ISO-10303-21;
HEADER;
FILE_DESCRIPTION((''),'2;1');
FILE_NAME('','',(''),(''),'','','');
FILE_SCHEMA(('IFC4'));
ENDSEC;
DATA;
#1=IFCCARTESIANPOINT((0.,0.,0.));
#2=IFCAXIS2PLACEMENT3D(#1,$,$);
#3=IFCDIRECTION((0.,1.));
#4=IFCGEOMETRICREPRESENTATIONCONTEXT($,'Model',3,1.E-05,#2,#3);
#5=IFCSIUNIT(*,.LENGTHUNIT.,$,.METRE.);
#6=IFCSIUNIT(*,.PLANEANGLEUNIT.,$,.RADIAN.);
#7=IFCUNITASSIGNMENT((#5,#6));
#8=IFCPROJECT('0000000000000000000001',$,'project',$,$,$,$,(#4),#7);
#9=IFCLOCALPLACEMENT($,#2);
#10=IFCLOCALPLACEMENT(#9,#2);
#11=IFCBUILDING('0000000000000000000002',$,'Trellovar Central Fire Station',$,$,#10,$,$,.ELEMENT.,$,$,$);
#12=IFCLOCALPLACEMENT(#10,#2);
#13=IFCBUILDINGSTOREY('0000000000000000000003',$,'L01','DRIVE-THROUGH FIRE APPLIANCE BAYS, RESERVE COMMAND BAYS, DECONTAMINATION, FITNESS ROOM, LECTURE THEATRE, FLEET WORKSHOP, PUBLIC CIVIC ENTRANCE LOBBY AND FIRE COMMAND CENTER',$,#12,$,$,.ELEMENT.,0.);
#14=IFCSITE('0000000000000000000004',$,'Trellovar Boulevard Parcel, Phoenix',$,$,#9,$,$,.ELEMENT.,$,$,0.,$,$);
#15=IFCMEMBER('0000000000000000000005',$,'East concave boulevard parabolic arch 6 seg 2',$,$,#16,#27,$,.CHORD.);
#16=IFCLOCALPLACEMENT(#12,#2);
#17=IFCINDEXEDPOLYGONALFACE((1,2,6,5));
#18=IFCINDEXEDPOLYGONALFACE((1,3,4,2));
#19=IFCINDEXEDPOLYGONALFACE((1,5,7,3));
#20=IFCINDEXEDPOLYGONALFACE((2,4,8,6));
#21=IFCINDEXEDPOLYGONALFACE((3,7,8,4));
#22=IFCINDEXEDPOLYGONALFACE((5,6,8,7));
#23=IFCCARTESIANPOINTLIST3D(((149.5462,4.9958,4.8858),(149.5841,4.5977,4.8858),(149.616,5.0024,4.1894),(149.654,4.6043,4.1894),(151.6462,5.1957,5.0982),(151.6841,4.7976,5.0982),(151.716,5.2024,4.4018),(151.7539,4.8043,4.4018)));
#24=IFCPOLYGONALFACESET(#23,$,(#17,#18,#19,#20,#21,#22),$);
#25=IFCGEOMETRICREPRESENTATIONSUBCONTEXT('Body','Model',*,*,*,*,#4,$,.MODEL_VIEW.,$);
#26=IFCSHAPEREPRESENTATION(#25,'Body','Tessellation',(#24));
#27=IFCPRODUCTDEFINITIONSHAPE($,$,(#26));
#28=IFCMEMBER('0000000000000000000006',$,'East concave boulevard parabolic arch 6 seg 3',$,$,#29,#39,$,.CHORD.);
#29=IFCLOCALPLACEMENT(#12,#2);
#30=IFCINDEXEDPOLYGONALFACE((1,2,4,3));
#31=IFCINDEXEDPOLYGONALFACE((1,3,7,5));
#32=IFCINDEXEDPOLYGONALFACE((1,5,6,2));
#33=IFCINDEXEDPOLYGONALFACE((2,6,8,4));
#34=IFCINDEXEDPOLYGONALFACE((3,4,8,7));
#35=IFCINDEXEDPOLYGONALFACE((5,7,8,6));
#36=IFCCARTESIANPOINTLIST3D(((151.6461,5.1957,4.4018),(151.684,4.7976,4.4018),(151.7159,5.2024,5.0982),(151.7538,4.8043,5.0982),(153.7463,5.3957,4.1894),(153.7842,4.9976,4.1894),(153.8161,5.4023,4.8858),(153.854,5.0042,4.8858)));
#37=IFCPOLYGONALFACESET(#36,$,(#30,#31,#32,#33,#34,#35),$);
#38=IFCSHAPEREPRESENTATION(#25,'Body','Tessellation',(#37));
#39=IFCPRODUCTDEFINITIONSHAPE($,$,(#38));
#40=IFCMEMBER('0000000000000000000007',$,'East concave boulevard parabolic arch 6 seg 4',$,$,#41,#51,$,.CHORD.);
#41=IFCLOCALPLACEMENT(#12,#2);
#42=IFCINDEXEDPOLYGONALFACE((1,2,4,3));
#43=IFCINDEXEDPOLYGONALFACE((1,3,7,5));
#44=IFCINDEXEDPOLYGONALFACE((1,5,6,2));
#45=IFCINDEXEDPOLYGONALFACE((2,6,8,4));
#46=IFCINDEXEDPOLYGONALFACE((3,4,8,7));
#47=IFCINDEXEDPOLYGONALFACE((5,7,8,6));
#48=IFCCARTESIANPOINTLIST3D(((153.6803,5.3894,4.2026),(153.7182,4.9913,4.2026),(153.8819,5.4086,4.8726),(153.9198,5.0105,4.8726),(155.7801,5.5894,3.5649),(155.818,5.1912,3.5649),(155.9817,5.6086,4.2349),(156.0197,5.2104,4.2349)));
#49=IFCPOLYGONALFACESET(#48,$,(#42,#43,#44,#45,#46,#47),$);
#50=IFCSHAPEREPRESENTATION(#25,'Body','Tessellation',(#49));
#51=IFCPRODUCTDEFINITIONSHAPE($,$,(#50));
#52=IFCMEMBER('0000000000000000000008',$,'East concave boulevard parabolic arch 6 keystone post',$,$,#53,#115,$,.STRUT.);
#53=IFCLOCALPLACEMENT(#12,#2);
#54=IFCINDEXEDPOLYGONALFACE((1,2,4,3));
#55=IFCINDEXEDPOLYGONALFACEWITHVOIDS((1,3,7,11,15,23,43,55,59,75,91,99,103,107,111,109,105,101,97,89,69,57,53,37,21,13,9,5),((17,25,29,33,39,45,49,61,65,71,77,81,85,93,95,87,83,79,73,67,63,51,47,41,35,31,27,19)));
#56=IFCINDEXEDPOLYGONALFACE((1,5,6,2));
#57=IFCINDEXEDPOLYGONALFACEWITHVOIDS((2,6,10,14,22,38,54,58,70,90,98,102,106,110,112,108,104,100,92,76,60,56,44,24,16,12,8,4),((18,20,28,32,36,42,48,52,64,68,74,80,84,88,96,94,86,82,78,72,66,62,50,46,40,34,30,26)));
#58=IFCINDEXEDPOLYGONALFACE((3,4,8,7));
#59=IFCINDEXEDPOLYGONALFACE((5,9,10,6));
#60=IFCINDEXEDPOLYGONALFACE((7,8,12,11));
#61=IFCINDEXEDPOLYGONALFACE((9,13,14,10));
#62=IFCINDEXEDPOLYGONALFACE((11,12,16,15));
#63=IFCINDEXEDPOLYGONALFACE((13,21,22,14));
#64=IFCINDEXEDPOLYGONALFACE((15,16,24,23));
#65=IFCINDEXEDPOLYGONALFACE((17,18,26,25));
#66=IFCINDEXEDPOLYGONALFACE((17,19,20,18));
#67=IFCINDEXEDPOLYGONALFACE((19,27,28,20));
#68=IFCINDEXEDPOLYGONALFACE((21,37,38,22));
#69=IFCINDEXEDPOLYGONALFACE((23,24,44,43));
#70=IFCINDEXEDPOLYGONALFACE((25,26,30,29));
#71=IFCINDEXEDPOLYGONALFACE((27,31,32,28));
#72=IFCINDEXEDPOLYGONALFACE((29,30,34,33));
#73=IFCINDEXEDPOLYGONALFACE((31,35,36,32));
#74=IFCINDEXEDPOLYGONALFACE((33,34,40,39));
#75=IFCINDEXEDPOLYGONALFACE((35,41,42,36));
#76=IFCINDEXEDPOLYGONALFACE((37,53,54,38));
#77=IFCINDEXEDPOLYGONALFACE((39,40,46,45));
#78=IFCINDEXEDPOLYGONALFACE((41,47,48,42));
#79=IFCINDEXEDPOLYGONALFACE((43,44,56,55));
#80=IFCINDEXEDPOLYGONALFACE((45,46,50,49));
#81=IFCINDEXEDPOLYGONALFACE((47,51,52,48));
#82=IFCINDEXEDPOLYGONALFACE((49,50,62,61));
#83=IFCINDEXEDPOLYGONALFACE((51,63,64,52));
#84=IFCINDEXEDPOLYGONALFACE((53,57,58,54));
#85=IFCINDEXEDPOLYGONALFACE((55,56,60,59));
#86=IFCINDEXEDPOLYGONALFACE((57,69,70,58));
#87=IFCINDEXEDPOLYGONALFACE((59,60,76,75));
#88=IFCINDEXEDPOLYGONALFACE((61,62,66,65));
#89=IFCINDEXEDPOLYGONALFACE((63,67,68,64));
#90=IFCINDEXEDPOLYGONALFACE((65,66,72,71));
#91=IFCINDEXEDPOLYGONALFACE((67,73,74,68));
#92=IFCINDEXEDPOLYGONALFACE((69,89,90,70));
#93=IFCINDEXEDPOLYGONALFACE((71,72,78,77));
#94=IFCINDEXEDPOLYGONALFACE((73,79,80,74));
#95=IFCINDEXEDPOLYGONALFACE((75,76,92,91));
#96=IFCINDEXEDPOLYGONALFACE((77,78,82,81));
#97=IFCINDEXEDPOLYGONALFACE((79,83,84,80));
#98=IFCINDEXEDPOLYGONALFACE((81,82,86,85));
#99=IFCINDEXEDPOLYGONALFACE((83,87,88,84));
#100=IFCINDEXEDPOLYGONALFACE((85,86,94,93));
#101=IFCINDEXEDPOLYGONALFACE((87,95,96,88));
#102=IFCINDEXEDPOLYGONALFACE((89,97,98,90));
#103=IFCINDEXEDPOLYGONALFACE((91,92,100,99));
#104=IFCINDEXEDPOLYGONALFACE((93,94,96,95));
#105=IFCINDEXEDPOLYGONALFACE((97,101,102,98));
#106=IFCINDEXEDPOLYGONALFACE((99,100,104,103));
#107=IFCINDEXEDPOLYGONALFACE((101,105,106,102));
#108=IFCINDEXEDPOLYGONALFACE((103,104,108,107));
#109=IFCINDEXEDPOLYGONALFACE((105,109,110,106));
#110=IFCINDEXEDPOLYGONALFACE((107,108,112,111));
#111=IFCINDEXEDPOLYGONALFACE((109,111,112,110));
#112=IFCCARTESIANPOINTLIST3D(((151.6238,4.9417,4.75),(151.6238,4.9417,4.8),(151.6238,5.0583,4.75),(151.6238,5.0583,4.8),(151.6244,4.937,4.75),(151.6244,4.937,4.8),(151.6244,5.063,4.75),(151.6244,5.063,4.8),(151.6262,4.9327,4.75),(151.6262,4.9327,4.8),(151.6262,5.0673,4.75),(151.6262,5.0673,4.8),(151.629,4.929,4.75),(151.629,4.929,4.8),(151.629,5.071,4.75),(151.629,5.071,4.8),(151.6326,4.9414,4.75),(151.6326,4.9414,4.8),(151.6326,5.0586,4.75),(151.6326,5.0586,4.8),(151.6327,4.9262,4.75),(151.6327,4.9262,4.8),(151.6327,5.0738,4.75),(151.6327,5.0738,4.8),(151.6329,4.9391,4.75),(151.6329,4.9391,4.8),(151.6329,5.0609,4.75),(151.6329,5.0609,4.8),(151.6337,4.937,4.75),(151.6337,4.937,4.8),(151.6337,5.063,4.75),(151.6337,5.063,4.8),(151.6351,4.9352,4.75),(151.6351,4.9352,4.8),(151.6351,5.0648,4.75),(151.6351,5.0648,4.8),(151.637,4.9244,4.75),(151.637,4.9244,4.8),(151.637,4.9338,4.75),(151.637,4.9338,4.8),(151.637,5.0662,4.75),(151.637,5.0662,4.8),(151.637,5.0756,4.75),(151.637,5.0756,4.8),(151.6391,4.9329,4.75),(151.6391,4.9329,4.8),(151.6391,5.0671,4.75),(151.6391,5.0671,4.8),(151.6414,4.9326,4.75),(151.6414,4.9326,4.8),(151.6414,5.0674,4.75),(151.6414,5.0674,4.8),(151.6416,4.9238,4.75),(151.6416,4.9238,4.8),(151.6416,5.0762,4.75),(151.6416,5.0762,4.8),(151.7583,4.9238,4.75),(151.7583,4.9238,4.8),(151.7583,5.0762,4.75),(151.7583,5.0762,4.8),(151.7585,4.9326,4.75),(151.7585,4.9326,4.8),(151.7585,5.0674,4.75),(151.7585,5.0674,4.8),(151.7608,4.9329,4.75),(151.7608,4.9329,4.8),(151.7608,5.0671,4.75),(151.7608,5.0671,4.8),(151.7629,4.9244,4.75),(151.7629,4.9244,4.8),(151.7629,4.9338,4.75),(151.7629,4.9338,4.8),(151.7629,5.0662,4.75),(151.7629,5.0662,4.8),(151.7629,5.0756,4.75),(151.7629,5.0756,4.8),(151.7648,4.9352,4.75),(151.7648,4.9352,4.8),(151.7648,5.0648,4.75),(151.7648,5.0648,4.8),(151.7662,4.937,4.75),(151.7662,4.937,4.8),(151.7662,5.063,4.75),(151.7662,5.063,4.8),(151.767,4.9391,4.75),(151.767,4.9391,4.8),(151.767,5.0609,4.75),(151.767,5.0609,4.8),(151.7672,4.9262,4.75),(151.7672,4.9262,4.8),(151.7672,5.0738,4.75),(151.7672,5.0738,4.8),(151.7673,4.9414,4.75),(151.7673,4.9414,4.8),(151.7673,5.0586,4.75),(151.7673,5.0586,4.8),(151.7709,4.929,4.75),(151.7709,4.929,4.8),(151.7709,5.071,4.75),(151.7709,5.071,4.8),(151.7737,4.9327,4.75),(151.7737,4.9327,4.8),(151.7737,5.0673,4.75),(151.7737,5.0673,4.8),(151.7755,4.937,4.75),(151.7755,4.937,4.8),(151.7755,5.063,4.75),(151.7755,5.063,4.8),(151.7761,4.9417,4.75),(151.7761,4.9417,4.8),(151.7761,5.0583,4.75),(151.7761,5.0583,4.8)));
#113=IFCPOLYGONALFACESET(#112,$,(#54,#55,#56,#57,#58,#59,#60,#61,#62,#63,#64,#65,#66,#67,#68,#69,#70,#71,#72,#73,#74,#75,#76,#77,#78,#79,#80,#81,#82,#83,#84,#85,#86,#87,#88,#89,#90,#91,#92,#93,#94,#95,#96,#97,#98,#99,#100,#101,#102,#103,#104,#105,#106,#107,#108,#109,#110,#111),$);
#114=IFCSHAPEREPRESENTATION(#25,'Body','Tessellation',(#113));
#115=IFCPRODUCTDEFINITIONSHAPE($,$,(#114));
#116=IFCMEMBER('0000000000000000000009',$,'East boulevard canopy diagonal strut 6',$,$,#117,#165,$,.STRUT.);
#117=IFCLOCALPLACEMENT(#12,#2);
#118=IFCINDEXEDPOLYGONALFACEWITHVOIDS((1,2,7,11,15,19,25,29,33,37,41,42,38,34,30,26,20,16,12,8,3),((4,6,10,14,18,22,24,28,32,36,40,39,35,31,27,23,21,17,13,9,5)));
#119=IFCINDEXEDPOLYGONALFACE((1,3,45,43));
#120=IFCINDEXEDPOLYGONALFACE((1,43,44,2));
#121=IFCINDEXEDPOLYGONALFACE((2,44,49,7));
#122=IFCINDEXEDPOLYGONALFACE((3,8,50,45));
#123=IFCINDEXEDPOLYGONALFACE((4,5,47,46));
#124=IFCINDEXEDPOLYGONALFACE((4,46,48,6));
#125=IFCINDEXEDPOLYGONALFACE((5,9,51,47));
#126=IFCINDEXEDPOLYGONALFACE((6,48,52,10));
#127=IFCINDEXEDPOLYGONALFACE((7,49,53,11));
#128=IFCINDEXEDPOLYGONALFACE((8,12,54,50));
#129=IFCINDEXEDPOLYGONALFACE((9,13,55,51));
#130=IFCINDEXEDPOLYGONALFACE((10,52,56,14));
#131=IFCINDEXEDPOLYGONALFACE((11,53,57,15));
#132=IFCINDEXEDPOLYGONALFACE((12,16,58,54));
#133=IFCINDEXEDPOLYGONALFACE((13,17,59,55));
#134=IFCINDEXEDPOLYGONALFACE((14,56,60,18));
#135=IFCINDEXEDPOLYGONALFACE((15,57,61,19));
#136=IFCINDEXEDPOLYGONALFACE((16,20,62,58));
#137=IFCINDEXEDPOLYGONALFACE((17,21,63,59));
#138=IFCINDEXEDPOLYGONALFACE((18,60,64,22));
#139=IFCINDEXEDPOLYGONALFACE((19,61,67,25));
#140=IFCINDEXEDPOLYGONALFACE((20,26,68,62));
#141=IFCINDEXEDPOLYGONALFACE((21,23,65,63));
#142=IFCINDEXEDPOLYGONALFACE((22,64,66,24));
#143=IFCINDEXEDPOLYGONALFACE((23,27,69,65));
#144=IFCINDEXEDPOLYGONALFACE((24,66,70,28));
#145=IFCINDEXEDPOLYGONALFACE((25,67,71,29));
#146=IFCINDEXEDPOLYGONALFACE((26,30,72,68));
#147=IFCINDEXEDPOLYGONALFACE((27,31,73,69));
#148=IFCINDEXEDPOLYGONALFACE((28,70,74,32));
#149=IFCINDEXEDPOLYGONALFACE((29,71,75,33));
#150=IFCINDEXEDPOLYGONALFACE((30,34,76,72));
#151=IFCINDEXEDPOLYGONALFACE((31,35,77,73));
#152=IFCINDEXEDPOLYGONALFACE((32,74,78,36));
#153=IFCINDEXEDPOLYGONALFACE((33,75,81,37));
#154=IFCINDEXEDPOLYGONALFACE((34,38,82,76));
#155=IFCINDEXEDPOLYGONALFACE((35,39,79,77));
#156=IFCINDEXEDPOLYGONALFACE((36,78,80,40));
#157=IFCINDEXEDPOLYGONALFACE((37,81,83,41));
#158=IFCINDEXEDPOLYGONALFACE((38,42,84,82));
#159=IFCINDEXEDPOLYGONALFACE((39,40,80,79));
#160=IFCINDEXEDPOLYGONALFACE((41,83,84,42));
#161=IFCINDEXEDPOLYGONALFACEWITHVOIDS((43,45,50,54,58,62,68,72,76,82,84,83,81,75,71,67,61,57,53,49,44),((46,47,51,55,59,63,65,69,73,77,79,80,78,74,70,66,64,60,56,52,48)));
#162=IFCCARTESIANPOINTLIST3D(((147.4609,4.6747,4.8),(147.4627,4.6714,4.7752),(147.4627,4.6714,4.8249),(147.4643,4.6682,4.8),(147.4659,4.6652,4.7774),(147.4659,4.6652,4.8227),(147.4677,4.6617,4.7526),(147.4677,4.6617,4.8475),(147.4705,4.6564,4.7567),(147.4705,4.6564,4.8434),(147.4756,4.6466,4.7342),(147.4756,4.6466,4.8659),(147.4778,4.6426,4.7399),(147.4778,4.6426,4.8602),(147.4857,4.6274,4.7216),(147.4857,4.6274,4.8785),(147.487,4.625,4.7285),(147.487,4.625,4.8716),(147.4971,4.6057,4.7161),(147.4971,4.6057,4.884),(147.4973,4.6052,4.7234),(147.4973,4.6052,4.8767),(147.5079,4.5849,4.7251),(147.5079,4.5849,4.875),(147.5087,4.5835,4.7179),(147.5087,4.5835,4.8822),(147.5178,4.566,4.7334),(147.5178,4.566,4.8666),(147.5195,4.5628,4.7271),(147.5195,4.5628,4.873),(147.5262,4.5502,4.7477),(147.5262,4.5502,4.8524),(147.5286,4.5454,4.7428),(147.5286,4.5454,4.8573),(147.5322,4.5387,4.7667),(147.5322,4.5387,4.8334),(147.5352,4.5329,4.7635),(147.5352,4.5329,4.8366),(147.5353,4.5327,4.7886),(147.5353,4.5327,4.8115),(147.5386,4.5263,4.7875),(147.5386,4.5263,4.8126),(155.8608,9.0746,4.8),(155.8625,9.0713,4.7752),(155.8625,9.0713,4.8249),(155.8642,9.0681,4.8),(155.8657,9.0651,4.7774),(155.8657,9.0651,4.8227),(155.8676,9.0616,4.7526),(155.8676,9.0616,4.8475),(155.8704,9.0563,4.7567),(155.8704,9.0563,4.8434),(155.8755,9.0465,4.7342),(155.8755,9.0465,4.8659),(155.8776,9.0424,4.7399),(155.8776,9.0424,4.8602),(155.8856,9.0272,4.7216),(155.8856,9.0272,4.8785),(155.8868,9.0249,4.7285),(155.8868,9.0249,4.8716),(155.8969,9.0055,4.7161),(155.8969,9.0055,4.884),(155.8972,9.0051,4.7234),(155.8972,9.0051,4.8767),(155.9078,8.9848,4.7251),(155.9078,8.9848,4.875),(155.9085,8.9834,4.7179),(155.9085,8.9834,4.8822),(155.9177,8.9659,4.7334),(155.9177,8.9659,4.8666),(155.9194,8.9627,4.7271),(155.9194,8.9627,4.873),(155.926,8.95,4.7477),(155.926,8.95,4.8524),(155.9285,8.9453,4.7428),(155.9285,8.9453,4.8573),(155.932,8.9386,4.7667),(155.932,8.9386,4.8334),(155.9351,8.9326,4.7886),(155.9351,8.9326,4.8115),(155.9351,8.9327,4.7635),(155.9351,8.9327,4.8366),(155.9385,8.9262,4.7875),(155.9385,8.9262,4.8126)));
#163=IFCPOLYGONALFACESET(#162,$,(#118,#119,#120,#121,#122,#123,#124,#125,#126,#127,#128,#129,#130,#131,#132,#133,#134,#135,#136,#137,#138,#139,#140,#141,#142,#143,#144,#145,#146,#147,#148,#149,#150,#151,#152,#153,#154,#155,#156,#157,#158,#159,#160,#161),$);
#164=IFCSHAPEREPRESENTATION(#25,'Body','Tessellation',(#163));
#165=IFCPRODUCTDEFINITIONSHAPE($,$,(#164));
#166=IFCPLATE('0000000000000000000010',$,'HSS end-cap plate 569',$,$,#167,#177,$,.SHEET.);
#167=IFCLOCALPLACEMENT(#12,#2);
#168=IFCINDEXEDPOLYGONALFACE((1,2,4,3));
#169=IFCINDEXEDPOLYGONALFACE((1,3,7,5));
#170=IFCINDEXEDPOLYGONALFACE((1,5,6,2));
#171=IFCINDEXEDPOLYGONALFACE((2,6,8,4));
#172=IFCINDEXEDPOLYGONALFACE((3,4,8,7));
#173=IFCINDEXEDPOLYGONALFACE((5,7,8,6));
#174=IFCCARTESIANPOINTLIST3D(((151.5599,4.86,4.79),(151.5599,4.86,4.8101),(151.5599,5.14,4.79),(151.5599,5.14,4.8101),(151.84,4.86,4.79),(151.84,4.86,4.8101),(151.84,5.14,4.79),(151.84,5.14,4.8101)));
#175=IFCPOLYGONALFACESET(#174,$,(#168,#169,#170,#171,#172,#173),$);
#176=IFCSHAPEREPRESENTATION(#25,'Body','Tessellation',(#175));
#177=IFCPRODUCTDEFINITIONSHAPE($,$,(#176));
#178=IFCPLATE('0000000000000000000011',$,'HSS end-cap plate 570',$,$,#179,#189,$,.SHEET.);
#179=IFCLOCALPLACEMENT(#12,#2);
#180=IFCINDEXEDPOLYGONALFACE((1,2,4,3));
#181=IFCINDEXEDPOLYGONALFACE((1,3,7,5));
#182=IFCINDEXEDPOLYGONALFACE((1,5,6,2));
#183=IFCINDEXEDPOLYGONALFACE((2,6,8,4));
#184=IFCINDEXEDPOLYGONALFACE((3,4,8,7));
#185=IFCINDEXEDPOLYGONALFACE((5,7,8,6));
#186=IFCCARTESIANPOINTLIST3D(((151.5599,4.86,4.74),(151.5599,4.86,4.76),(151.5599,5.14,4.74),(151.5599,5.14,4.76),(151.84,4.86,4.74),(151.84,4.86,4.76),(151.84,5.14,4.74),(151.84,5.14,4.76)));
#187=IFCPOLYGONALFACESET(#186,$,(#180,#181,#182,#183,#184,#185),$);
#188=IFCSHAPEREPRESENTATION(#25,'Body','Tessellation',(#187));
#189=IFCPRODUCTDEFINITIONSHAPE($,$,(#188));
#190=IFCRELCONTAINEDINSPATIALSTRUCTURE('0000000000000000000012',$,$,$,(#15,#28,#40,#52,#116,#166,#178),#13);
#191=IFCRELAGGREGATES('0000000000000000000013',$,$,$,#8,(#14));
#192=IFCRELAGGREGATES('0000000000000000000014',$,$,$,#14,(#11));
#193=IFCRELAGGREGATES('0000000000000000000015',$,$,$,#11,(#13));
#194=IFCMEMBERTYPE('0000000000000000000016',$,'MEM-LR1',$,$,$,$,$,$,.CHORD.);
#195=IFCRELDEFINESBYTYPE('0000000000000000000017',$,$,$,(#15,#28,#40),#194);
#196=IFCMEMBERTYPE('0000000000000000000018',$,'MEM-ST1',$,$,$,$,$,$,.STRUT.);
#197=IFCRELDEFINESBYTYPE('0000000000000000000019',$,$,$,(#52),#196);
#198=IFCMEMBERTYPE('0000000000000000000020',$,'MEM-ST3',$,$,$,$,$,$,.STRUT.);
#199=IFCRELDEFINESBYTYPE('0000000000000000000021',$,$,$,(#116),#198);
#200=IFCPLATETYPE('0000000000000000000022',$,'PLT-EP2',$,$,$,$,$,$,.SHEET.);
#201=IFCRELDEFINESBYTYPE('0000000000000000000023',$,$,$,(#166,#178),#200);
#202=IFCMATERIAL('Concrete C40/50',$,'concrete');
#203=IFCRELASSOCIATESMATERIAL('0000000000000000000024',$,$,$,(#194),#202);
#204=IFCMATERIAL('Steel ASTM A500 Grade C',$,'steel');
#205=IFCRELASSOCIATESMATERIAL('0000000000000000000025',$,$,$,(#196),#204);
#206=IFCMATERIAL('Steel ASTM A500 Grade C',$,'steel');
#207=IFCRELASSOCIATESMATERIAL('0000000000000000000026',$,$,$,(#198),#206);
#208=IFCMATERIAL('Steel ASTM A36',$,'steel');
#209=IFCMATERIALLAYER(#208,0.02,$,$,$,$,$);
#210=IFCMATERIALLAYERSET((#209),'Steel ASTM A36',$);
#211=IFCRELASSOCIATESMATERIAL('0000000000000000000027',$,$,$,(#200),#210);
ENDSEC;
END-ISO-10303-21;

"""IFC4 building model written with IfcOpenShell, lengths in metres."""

from ifc_helpers import new_model, si_unit, direction, frame, origin, origin_2d, place, context, subcontext, project, spatial, rectangle, hollow_rectangle, hollow_circle, extrude, material, layer, layer_set, material_profile, profile_set, type_object, element, save


model = new_model("IFC4")

# Units and contexts
model_context = context("Model", 3, precision=1e-05, world=origin(), true_north=direction((0.0, 1.0)))
body_context = subcontext(model_context, "Body", "Model", "MODEL_VIEW")
ifc_project = project(units=[si_unit("LENGTHUNIT", "METRE"), si_unit("PLANEANGLEUNIT", "RADIAN")], contexts=[model_context])

# Site, building, storey
site_placement = place(None, origin())
site = spatial("IfcSite", under=ifc_project, at=site_placement, Name="Trellovar Boulevard Parcel, Phoenix", CompositionType="ELEMENT", RefElevation=0.0)
building_placement = place(site_placement, origin())
building = spatial("IfcBuilding", under=site, at=building_placement, Name="Trellovar Central Fire Station", CompositionType="ELEMENT")
storey_placement = place(building_placement, origin())
storey = spatial("IfcBuildingStorey", under=building, at=storey_placement, Name="L01", Description="DRIVE-THROUGH FIRE APPLIANCE BAYS, RESERVE COMMAND BAYS, DECONTAMINATION, FITNESS ROOM, LECTURE THEATRE, FLEET WORKSHOP, PUBLIC CIVIC ENTRANCE LOBBY AND FIRE COMMAND CENTER", CompositionType="ELEMENT", Elevation=0.0)

# Members
ifc_material_1 = material(Name="Concrete C40/50", Category="concrete")
ifc_material_profile_1 = material_profile(ifc_material_1, rectangle(XDim=0.3999, YDim=0.7, at=origin_2d()), Name="RC400X700")
ifc_profile_set_1 = profile_set([ifc_material_profile_1], Name="Concrete C40/50")
member_type_1 = type_object("IfcMemberType", Name="MEM-LR1", PredefinedType="CHORD", material=ifc_profile_set_1)
member_1_placement = place(storey_placement, frame((149.6001, 4.8, 4.5376), z_axis=(0.990488, 0.094316, 0.100189), x_axis=(-0.094793, 0.995497, 0.0)))
element("IfcMember", 1, at=member_1_placement, inside=storey, type_object=member_type_1, Name="East concave boulevard parabolic arch 6 seg 2", PredefinedType="CHORD", context=body_context, shape_type="SweptSolid", body=[
    extrude(rectangle(XDim=0.3999, YDim=0.7, at=origin_2d()), origin(), (0.0, 0.0, 1.0), 2.1201),
])
member_2_placement = place(storey_placement, frame((151.7, 5.0, 4.75), z_axis=(0.99049, 0.094305, -0.100177), x_axis=(-0.094782, 0.995498, 0.0)))
element("IfcMember", 2, at=member_2_placement, inside=storey, type_object=member_type_1, Name="East concave boulevard parabolic arch 6 seg 3", PredefinedType="CHORD", context=body_context, shape_type="SweptSolid", body=[
    extrude(rectangle(XDim=0.3999, YDim=0.7, at=origin_2d()), origin(), (0.0, 0.0, 1.0), 2.1204),
])
member_3_placement = place(storey_placement, frame((153.8, 5.2, 4.5376), z_axis=(0.952903, 0.090737, -0.289383), x_axis=(-0.094793, 0.995497, 0.0)))
element("IfcMember", 3, at=member_3_placement, inside=storey, type_object=member_type_1, Name="East concave boulevard parabolic arch 6 seg 4", PredefinedType="CHORD", context=body_context, shape_type="SweptSolid", body=[
    extrude(rectangle(XDim=0.3999, YDim=0.7, at=origin_2d()), origin(), (0.0, 0.0, 1.0), 2.2036),
])
ifc_material_2 = material(Name="Steel ASTM A500 Grade C", Category="steel")
ifc_material_profile_2 = material_profile(ifc_material_2, hollow_rectangle(XDim=0.1523, YDim=0.1523, WallThickness=0.0088, InnerFilletRadius=0.0088, OuterFilletRadius=0.0178, at=origin_2d()), Name="HSS6X6X3/8")
ifc_profile_set_2 = profile_set([ifc_material_profile_2], Name="Steel ASTM A500 Grade C")
member_type_2 = type_object("IfcMemberType", Name="MEM-ST1", PredefinedType="STRUT", material=ifc_profile_set_2)
member_4_placement = place(storey_placement, frame((151.7, 5.0, 4.8), z_axis=(0.0, 0.0, -1.0), x_axis=(1.0, 0.0, 0.0)))
element("IfcMember", 4, at=member_4_placement, inside=storey, type_object=member_type_2, Name="East concave boulevard parabolic arch 6 keystone post", PredefinedType="STRUT", context=body_context, shape_type="SweptSolid", body=[
    extrude(hollow_rectangle(XDim=0.1523, YDim=0.1523, WallThickness=0.0088, InnerFilletRadius=0.0088, OuterFilletRadius=0.0178, at=origin_2d()), origin(), (0.0, 0.0, 1.0), 0.05),
])
ifc_material_3 = material(Name="Steel ASTM A500 Grade C", Category="steel")
ifc_material_profile_3 = material_profile(ifc_material_3, hollow_circle(Radius=0.0842, WallThickness=0.0073, at=origin_2d()), Name="HSS6.625X0.312")
ifc_profile_set_3 = profile_set([ifc_material_profile_3], Name="Steel ASTM A500 Grade C")
member_type_3 = type_object("IfcMemberType", Name="MEM-ST3", PredefinedType="STRUT", material=ifc_profile_set_3)
member_5_placement = place(storey_placement, frame((147.5, 4.6001, 4.8), z_axis=(0.885834, 0.464003, 0.0), x_axis=(-0.464003, 0.885834, 0.0)))
element("IfcMember", 5, at=member_5_placement, inside=storey, type_object=member_type_3, Name="East boulevard canopy diagonal strut 6", PredefinedType="STRUT", context=body_context, shape_type="SweptSolid", body=[
    extrude(hollow_circle(Radius=0.0842, WallThickness=0.0073, at=origin_2d()), origin(), (0.0, 0.0, 1.0), 9.4824),
])

# Plates
ifc_material_4 = material(Name="Steel ASTM A36", Category="steel")
ifc_layer_1 = layer(ifc_material_4, 0.02)
ifc_layer_set_1 = layer_set([ifc_layer_1], Name="Steel ASTM A36")
plate_type_1 = type_object("IfcPlateType", Name="PLT-EP2", PredefinedType="SHEET", material=ifc_layer_set_1)
for number, where, z_axis, x_axis, name in (
    (6, (151.7, 5.0, 4.79), (0.0, 0.0, 1.0), (1.0, 0.0, 0.0), "HSS end-cap plate 569"),
    (7, (151.7, 5.0, 4.74), (0.0, 0.0, 1.0), (1.0, 0.0, 0.0), "HSS end-cap plate 570"),
):
    element("IfcPlate", number, at=place(storey_placement, frame(where, z_axis=z_axis, x_axis=x_axis)), inside=storey, type_object=plate_type_1, Name=name, PredefinedType="SHEET", context=body_context, shape_type="SweptSolid", body=[
        extrude(rectangle(XDim=0.28, YDim=0.28, at=origin_2d()), origin(), (0.0, 0.0, 1.0), 0.02),
    ])

save(model, "model.ifc")
